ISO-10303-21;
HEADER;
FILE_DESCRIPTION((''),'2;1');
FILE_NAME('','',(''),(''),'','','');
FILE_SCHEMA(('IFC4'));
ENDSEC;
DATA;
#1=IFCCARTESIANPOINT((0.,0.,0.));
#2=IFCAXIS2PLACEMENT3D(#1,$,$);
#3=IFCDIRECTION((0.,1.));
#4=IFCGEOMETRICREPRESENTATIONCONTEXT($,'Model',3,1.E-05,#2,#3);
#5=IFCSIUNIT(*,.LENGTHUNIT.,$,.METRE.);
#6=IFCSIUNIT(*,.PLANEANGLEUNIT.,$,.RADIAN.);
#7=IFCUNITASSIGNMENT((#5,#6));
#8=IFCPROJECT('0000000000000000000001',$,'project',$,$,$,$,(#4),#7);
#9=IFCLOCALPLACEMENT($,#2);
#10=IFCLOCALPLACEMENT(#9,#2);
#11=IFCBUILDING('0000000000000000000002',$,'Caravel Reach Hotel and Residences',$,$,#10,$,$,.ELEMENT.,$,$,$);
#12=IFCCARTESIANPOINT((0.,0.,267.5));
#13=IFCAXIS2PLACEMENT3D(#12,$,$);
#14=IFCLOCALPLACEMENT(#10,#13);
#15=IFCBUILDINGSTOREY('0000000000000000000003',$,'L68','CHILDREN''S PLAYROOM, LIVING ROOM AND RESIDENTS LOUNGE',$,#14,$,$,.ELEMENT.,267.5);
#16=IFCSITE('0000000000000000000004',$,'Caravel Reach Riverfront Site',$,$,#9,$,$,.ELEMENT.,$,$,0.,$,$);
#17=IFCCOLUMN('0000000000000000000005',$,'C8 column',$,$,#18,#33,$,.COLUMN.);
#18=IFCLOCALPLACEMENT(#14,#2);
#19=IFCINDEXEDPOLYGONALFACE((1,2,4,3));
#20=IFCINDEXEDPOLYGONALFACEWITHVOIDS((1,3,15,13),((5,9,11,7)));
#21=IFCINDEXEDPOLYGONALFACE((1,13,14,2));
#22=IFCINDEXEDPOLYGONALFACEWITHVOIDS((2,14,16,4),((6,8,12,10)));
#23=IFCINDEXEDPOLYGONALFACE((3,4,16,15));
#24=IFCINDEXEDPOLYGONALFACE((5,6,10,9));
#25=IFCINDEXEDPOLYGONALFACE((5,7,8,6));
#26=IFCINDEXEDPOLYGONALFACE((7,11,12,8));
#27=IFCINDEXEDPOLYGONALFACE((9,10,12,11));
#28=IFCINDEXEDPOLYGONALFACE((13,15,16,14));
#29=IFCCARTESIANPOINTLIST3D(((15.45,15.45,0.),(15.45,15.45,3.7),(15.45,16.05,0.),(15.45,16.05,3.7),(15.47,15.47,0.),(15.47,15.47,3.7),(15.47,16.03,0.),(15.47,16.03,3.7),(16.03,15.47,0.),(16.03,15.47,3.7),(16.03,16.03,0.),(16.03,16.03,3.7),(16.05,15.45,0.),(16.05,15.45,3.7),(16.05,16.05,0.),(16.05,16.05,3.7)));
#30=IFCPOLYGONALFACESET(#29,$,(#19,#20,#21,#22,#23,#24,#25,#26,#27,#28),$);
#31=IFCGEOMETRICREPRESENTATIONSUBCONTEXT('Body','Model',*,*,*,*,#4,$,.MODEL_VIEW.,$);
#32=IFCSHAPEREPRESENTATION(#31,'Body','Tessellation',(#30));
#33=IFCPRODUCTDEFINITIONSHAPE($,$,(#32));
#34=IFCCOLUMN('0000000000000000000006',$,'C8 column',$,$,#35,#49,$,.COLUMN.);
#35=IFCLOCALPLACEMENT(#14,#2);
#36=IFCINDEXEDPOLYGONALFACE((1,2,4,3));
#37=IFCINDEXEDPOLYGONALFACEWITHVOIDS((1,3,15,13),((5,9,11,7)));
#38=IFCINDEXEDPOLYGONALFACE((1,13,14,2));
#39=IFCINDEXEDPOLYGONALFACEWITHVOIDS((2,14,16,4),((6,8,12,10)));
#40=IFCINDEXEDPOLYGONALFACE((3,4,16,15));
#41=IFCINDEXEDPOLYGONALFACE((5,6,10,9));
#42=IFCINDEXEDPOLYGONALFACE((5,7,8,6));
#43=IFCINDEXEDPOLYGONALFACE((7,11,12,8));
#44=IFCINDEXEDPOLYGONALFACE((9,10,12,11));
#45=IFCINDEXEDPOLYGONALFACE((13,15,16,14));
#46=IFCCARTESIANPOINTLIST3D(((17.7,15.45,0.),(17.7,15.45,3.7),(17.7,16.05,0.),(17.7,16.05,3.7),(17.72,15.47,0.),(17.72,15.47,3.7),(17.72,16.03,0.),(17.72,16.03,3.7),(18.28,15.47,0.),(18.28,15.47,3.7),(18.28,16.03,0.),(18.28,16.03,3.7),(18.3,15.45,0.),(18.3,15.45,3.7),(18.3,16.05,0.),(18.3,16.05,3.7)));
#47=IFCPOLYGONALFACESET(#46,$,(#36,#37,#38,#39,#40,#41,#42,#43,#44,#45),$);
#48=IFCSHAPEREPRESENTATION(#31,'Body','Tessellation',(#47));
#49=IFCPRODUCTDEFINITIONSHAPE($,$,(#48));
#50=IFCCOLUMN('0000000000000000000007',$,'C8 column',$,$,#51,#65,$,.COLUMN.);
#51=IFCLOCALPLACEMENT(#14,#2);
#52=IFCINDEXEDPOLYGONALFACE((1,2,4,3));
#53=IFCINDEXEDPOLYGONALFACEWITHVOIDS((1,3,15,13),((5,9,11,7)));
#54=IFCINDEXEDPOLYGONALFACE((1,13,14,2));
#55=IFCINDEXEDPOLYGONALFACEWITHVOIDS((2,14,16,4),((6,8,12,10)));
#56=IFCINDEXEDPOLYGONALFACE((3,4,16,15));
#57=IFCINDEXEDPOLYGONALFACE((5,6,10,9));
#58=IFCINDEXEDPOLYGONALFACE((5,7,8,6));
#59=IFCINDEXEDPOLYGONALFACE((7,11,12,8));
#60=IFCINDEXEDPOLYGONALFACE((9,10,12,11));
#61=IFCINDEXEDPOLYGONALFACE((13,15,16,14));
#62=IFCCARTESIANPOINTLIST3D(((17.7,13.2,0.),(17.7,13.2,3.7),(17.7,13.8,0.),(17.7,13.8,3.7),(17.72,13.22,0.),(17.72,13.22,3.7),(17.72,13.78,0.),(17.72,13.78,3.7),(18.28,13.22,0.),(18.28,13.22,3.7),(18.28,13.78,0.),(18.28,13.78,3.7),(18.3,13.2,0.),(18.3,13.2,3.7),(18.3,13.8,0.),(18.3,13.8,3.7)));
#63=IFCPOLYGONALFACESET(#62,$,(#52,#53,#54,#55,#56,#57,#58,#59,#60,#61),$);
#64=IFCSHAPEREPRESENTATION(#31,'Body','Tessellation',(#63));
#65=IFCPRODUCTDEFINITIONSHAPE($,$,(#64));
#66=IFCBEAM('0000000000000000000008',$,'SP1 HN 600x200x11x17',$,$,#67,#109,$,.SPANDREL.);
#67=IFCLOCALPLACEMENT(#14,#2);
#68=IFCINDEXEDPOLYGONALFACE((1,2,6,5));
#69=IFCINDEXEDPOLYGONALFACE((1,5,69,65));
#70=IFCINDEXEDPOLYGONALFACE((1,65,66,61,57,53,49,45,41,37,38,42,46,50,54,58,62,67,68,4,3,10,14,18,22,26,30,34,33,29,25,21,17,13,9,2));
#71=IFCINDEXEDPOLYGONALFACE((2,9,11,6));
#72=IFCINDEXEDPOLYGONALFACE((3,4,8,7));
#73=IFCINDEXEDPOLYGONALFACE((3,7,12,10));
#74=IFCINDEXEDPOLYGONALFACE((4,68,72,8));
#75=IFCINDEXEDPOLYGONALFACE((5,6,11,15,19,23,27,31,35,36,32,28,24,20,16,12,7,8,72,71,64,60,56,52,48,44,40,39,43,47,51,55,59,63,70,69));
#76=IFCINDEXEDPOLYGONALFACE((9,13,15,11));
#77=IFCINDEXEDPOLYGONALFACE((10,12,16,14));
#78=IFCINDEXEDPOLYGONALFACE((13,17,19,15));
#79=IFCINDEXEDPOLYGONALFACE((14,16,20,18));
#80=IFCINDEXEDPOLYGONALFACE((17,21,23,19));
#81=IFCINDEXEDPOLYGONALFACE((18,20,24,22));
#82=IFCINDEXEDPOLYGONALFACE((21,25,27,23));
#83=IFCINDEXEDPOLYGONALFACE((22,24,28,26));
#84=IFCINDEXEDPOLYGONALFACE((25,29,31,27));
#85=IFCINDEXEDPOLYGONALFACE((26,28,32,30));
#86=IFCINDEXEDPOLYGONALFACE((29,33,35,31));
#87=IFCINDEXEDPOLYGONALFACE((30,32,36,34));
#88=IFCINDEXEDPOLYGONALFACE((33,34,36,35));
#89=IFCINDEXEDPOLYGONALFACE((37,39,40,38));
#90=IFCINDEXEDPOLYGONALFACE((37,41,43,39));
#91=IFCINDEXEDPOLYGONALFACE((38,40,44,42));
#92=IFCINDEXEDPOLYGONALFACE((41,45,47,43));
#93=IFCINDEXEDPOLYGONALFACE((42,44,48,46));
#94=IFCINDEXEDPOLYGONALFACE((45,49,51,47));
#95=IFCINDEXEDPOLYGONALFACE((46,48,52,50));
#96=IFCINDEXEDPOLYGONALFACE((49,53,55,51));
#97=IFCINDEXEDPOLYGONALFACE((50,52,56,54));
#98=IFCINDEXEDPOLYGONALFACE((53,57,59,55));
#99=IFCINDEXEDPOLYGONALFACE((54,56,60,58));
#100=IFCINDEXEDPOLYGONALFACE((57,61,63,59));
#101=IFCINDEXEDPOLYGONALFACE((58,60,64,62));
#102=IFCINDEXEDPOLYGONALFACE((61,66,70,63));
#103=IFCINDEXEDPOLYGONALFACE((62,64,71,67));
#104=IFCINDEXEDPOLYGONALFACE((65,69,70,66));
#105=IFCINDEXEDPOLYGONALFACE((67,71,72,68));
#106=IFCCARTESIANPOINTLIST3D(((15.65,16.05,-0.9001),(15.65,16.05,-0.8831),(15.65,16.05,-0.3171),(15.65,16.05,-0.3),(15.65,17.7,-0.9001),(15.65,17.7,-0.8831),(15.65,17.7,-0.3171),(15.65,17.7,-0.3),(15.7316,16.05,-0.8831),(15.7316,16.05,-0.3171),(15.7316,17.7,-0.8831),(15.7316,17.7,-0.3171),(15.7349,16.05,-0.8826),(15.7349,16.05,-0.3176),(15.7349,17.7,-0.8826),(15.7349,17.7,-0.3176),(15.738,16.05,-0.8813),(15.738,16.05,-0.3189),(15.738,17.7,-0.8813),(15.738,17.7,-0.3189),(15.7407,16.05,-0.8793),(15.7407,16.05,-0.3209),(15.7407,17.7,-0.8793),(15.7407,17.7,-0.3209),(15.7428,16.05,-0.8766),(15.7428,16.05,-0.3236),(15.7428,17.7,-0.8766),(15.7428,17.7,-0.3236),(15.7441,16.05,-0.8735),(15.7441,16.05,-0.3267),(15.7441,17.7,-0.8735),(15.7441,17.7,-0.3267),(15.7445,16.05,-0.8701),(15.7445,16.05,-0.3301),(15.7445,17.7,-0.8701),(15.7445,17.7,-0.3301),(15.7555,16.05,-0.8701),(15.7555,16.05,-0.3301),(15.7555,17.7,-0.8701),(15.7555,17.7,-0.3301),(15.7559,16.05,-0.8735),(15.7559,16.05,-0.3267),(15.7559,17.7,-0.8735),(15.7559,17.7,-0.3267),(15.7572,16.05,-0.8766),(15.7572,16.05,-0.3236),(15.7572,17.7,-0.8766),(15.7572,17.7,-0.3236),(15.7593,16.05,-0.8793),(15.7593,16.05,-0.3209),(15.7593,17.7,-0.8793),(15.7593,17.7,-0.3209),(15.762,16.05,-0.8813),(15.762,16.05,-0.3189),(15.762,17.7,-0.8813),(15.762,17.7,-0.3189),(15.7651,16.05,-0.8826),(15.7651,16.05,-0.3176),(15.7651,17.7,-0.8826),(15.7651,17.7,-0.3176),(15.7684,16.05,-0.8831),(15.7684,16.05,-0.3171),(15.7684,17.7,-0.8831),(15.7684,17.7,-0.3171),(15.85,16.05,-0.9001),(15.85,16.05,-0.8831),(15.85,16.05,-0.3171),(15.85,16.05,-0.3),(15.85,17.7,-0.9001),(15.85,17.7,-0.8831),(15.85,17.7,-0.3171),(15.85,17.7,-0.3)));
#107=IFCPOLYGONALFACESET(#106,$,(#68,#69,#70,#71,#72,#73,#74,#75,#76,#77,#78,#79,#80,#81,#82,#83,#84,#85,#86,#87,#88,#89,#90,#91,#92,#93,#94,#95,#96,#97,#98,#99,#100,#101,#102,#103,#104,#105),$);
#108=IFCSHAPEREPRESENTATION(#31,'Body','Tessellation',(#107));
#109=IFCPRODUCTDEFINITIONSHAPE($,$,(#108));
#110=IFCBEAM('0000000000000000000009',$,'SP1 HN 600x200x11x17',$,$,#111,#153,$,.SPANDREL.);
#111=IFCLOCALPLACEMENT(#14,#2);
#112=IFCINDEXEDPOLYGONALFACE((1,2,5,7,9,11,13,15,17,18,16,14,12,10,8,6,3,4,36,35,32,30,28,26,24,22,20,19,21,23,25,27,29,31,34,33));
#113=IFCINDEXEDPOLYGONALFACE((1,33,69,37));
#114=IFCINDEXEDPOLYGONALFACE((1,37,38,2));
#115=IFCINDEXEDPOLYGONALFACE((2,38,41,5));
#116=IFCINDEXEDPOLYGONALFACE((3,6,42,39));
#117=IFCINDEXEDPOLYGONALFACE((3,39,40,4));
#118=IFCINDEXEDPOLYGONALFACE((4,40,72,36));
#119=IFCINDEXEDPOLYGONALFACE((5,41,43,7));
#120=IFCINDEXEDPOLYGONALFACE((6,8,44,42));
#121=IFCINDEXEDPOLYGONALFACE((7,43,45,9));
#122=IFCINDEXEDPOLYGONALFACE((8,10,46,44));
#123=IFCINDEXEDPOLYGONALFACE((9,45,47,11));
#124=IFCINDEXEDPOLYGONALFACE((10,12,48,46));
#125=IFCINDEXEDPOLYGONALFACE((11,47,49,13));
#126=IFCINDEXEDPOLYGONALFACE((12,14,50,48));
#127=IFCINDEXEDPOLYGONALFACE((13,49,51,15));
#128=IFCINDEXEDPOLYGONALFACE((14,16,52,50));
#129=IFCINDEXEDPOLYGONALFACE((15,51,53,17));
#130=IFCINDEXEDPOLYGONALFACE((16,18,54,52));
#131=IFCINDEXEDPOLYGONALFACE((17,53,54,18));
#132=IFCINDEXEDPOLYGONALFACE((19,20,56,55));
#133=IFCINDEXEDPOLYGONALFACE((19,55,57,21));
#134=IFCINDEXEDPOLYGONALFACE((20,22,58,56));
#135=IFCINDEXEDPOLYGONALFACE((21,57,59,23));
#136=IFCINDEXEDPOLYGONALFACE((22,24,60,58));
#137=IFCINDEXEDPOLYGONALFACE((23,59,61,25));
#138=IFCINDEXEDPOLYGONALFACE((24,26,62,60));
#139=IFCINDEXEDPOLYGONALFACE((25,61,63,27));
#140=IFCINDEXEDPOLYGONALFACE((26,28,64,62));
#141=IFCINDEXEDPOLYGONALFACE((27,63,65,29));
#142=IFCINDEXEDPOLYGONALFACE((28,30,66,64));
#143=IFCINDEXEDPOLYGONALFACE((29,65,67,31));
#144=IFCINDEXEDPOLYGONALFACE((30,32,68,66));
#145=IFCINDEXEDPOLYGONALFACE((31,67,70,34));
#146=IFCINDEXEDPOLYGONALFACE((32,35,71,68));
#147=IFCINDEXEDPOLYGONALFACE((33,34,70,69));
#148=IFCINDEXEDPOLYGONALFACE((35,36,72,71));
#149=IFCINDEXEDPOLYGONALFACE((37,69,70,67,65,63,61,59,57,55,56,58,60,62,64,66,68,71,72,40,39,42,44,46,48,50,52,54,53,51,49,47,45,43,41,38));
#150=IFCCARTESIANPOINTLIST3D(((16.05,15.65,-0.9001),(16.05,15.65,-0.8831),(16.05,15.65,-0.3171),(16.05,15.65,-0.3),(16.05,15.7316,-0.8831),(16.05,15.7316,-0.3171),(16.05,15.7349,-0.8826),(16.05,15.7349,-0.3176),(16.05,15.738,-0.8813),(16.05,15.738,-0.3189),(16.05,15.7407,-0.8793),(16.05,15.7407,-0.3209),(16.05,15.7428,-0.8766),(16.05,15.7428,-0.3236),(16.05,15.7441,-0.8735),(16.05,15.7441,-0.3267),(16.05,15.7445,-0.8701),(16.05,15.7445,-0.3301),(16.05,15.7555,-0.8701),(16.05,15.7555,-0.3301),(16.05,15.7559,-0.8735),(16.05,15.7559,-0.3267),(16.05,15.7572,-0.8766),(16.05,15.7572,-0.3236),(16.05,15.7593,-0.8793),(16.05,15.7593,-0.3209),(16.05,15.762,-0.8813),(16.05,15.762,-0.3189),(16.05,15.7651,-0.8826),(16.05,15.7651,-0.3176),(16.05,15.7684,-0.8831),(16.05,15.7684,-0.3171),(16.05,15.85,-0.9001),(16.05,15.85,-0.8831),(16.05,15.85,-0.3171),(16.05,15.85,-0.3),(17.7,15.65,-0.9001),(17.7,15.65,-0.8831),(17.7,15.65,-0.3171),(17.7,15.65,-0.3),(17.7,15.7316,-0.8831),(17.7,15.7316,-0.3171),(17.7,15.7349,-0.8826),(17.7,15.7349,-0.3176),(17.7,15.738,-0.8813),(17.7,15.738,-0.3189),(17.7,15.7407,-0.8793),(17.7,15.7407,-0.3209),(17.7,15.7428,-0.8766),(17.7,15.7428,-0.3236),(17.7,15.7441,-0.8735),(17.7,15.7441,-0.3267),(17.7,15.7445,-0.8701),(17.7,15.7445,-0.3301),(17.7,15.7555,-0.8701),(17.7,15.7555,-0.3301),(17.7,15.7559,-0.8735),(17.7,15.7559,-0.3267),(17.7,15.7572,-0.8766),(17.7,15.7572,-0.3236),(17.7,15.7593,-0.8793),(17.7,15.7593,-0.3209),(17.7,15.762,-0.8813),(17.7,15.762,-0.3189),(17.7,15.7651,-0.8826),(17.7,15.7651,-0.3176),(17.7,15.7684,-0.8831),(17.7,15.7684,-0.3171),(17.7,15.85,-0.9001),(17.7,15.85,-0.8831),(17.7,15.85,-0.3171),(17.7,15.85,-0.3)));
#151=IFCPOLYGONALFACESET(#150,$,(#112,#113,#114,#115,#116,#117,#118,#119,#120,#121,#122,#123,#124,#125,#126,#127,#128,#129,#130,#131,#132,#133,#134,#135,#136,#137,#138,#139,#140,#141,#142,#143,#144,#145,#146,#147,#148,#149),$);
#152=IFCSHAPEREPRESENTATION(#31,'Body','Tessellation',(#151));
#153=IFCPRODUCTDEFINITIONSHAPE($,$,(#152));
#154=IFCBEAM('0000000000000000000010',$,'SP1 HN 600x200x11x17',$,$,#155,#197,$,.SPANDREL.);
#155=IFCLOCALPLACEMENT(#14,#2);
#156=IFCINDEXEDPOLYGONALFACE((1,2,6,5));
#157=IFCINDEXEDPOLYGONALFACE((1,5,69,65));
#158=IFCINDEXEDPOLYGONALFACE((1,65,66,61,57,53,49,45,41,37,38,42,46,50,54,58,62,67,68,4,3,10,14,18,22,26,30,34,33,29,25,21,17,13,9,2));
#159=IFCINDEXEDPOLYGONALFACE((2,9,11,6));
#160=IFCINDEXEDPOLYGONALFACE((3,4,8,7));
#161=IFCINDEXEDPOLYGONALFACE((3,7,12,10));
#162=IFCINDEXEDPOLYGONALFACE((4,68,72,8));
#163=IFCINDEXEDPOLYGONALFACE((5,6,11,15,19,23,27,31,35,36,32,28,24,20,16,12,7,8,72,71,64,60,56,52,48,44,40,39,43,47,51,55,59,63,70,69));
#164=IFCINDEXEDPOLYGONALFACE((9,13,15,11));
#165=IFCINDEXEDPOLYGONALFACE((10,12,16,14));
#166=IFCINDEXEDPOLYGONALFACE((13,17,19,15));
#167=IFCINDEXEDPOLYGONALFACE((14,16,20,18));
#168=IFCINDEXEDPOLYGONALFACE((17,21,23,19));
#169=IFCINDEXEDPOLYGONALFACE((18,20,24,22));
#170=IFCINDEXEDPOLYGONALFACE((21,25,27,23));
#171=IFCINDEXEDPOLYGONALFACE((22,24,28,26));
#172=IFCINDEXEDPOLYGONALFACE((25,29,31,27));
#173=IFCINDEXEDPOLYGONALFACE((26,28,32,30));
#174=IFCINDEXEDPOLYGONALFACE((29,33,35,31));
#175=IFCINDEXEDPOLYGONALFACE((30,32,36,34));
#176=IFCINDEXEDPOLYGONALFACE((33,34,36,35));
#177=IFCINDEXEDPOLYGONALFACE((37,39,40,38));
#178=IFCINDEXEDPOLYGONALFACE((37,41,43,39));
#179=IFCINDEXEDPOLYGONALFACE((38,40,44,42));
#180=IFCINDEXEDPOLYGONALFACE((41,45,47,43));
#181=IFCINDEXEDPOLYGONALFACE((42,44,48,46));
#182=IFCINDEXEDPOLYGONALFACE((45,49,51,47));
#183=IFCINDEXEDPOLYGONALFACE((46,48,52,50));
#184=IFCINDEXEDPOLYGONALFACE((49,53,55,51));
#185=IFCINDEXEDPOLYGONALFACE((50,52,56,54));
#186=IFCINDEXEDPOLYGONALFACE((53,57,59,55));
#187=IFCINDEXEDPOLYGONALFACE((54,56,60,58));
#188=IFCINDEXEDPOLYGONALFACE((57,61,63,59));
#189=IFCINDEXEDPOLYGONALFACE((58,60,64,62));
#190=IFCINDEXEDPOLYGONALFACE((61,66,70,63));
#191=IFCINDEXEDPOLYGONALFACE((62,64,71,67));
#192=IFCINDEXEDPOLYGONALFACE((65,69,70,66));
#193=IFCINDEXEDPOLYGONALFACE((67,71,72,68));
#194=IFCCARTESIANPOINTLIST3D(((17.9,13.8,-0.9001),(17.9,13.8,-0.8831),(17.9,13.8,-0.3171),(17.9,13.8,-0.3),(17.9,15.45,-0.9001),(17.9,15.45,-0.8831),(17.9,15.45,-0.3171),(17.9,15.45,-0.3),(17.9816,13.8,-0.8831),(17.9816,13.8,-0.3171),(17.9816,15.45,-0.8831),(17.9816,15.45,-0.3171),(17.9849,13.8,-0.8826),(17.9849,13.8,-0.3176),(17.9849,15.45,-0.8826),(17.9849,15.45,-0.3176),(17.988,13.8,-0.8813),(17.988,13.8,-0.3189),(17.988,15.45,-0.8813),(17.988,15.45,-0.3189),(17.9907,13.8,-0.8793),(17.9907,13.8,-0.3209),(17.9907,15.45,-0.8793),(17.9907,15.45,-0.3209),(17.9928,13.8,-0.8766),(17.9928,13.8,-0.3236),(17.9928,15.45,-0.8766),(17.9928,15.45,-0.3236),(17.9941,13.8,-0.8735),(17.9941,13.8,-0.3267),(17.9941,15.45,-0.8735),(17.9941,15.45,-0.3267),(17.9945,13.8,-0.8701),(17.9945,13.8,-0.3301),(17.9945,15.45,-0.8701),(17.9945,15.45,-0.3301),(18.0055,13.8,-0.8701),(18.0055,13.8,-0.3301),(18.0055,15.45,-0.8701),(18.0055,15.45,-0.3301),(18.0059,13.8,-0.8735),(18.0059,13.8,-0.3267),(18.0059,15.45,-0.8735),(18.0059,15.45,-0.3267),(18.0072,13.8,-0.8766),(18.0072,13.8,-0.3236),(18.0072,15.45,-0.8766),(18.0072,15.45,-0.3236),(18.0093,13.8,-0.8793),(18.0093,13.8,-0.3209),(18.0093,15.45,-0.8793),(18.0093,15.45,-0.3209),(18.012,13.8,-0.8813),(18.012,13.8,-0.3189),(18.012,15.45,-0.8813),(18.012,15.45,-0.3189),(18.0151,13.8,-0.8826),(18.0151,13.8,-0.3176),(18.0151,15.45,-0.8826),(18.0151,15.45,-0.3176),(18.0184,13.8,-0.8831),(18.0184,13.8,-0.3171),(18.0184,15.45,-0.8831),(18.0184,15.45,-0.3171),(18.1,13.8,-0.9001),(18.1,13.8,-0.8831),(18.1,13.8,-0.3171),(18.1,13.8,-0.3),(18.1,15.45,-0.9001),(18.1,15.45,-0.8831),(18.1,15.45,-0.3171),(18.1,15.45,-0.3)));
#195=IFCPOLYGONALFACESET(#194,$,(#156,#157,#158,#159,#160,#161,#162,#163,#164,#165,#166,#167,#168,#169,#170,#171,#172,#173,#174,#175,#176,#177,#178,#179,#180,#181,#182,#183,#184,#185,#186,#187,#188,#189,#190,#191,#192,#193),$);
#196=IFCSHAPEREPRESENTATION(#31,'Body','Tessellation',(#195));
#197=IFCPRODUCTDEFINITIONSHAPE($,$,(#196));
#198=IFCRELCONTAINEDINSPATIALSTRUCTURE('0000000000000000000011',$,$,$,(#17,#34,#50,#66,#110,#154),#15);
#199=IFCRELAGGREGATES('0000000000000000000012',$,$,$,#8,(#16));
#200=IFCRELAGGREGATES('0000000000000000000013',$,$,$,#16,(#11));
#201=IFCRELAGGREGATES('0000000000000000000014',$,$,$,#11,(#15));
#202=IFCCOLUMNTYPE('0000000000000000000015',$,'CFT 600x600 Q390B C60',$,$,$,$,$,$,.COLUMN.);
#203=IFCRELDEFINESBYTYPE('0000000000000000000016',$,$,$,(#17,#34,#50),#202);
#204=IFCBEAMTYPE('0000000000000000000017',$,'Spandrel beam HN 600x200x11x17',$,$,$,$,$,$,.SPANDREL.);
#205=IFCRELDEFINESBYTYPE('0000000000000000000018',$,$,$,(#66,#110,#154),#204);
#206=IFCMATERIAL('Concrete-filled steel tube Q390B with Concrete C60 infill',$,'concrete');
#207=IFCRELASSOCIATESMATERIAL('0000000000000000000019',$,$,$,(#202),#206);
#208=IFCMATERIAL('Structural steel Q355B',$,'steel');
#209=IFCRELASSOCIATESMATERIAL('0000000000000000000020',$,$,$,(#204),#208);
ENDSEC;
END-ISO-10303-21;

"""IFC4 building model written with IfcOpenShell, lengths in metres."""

from ifc_helpers import new_model, si_unit, direction, frame, origin, origin_2d, place, context, subcontext, project, spatial, hollow_rectangle, i_section, extrude, material, material_profile, profile_set, type_object, element, save


model = new_model("IFC4")

# Units and contexts
model_context = context("Model", 3, precision=1e-05, world=origin(), true_north=direction((0.0, 1.0)))
body_context = subcontext(model_context, "Body", "Model", "MODEL_VIEW")
ifc_project = project(units=[si_unit("LENGTHUNIT", "METRE"), si_unit("PLANEANGLEUNIT", "RADIAN")], contexts=[model_context])

# Site, building, storey
site_placement = place(None, origin())
site = spatial("IfcSite", under=ifc_project, at=site_placement, Name="Caravel Reach Riverfront Site", CompositionType="ELEMENT", RefElevation=0.0)
building_placement = place(site_placement, origin())
building = spatial("IfcBuilding", under=site, at=building_placement, Name="Caravel Reach Hotel and Residences", CompositionType="ELEMENT")
storey_placement = place(building_placement, frame((0.0, 0.0, 267.5)))
storey = spatial("IfcBuildingStorey", under=building, at=storey_placement, Name="L68", Description="CHILDREN'S PLAYROOM, LIVING ROOM AND RESIDENTS LOUNGE", CompositionType="ELEMENT", Elevation=267.5)

# Columns
ifc_material_1 = material(Name="Concrete-filled steel tube Q390B with Concrete C60 infill", Category="concrete")
ifc_material_profile_1 = material_profile(ifc_material_1, hollow_rectangle(XDim=0.6001, YDim=0.6001, WallThickness=0.02, at=origin_2d()), Name="RHS 600x600x20")
ifc_profile_set_1 = profile_set([ifc_material_profile_1], Name="Concrete-filled steel tube Q390B with Concrete C60 infill")
column_type = type_object("IfcColumnType", Name="CFT 600x600 Q390B C60", PredefinedType="COLUMN", material=ifc_profile_set_1)
for number, where, z_axis, x_axis, name in (
    (1, (15.75, 15.75, 0.0), (0.0, 0.0, 1.0), (1.0, 0.0, 0.0), "C8 column"),
    (2, (18.0, 15.75, 0.0), (0.0, 0.0, 1.0), (1.0, 0.0, 0.0), "C8 column"),
    (3, (18.0, 13.5, 0.0), (0.0, 0.0, 1.0), (1.0, 0.0, 0.0), "C8 column"),
):
    element("IfcColumn", number, at=place(storey_placement, frame(where, z_axis=z_axis, x_axis=x_axis)), inside=storey, type_object=column_type, Name=name, PredefinedType="COLUMN", context=body_context, shape_type="SweptSolid", body=[
        extrude(hollow_rectangle(XDim=0.6001, YDim=0.6001, WallThickness=0.02, at=origin_2d()), origin(), (0.0, 0.0, 1.0), 3.7),
    ])

# Beams
ifc_material_2 = material(Name="Structural steel Q355B", Category="steel")
ifc_material_profile_2 = material_profile(ifc_material_2, i_section(OverallWidth=0.2, OverallDepth=0.6001, WebThickness=0.011, FlangeThickness=0.0171, FilletRadius=0.0129, at=origin_2d()), Name="HN 600x200x11x17")
ifc_profile_set_2 = profile_set([ifc_material_profile_2], Name="Structural steel Q355B")
beam_type = type_object("IfcBeamType", Name="Spandrel beam HN 600x200x11x17", PredefinedType="SPANDREL", material=ifc_profile_set_2)
for number, where, z_axis, x_axis, name in (
    (4, (15.75, 17.7, -0.6001), (0.0, -1.0, 0.0), (1.0, 0.0, 0.0), "SP1 HN 600x200x11x17"),
    (5, (16.05, 15.75, -0.6001), (1.0, 0.0, 0.0), (0.0, 1.0, 0.0), "SP1 HN 600x200x11x17"),
    (6, (18.0, 15.45, -0.6001), (0.0, -1.0, 0.0), (1.0, 0.0, 0.0), "SP1 HN 600x200x11x17"),
):
    element("IfcBeam", number, at=place(storey_placement, frame(where, z_axis=z_axis, x_axis=x_axis)), inside=storey, type_object=beam_type, Name=name, PredefinedType="SPANDREL", context=body_context, shape_type="SweptSolid", body=[
        extrude(i_section(OverallWidth=0.2, OverallDepth=0.6001, WebThickness=0.011, FlangeThickness=0.0171, FilletRadius=0.0129, at=origin_2d()), origin(), (0.0, 0.0, 1.0), 1.6499),
    ])

save(model, "model.ifc")
